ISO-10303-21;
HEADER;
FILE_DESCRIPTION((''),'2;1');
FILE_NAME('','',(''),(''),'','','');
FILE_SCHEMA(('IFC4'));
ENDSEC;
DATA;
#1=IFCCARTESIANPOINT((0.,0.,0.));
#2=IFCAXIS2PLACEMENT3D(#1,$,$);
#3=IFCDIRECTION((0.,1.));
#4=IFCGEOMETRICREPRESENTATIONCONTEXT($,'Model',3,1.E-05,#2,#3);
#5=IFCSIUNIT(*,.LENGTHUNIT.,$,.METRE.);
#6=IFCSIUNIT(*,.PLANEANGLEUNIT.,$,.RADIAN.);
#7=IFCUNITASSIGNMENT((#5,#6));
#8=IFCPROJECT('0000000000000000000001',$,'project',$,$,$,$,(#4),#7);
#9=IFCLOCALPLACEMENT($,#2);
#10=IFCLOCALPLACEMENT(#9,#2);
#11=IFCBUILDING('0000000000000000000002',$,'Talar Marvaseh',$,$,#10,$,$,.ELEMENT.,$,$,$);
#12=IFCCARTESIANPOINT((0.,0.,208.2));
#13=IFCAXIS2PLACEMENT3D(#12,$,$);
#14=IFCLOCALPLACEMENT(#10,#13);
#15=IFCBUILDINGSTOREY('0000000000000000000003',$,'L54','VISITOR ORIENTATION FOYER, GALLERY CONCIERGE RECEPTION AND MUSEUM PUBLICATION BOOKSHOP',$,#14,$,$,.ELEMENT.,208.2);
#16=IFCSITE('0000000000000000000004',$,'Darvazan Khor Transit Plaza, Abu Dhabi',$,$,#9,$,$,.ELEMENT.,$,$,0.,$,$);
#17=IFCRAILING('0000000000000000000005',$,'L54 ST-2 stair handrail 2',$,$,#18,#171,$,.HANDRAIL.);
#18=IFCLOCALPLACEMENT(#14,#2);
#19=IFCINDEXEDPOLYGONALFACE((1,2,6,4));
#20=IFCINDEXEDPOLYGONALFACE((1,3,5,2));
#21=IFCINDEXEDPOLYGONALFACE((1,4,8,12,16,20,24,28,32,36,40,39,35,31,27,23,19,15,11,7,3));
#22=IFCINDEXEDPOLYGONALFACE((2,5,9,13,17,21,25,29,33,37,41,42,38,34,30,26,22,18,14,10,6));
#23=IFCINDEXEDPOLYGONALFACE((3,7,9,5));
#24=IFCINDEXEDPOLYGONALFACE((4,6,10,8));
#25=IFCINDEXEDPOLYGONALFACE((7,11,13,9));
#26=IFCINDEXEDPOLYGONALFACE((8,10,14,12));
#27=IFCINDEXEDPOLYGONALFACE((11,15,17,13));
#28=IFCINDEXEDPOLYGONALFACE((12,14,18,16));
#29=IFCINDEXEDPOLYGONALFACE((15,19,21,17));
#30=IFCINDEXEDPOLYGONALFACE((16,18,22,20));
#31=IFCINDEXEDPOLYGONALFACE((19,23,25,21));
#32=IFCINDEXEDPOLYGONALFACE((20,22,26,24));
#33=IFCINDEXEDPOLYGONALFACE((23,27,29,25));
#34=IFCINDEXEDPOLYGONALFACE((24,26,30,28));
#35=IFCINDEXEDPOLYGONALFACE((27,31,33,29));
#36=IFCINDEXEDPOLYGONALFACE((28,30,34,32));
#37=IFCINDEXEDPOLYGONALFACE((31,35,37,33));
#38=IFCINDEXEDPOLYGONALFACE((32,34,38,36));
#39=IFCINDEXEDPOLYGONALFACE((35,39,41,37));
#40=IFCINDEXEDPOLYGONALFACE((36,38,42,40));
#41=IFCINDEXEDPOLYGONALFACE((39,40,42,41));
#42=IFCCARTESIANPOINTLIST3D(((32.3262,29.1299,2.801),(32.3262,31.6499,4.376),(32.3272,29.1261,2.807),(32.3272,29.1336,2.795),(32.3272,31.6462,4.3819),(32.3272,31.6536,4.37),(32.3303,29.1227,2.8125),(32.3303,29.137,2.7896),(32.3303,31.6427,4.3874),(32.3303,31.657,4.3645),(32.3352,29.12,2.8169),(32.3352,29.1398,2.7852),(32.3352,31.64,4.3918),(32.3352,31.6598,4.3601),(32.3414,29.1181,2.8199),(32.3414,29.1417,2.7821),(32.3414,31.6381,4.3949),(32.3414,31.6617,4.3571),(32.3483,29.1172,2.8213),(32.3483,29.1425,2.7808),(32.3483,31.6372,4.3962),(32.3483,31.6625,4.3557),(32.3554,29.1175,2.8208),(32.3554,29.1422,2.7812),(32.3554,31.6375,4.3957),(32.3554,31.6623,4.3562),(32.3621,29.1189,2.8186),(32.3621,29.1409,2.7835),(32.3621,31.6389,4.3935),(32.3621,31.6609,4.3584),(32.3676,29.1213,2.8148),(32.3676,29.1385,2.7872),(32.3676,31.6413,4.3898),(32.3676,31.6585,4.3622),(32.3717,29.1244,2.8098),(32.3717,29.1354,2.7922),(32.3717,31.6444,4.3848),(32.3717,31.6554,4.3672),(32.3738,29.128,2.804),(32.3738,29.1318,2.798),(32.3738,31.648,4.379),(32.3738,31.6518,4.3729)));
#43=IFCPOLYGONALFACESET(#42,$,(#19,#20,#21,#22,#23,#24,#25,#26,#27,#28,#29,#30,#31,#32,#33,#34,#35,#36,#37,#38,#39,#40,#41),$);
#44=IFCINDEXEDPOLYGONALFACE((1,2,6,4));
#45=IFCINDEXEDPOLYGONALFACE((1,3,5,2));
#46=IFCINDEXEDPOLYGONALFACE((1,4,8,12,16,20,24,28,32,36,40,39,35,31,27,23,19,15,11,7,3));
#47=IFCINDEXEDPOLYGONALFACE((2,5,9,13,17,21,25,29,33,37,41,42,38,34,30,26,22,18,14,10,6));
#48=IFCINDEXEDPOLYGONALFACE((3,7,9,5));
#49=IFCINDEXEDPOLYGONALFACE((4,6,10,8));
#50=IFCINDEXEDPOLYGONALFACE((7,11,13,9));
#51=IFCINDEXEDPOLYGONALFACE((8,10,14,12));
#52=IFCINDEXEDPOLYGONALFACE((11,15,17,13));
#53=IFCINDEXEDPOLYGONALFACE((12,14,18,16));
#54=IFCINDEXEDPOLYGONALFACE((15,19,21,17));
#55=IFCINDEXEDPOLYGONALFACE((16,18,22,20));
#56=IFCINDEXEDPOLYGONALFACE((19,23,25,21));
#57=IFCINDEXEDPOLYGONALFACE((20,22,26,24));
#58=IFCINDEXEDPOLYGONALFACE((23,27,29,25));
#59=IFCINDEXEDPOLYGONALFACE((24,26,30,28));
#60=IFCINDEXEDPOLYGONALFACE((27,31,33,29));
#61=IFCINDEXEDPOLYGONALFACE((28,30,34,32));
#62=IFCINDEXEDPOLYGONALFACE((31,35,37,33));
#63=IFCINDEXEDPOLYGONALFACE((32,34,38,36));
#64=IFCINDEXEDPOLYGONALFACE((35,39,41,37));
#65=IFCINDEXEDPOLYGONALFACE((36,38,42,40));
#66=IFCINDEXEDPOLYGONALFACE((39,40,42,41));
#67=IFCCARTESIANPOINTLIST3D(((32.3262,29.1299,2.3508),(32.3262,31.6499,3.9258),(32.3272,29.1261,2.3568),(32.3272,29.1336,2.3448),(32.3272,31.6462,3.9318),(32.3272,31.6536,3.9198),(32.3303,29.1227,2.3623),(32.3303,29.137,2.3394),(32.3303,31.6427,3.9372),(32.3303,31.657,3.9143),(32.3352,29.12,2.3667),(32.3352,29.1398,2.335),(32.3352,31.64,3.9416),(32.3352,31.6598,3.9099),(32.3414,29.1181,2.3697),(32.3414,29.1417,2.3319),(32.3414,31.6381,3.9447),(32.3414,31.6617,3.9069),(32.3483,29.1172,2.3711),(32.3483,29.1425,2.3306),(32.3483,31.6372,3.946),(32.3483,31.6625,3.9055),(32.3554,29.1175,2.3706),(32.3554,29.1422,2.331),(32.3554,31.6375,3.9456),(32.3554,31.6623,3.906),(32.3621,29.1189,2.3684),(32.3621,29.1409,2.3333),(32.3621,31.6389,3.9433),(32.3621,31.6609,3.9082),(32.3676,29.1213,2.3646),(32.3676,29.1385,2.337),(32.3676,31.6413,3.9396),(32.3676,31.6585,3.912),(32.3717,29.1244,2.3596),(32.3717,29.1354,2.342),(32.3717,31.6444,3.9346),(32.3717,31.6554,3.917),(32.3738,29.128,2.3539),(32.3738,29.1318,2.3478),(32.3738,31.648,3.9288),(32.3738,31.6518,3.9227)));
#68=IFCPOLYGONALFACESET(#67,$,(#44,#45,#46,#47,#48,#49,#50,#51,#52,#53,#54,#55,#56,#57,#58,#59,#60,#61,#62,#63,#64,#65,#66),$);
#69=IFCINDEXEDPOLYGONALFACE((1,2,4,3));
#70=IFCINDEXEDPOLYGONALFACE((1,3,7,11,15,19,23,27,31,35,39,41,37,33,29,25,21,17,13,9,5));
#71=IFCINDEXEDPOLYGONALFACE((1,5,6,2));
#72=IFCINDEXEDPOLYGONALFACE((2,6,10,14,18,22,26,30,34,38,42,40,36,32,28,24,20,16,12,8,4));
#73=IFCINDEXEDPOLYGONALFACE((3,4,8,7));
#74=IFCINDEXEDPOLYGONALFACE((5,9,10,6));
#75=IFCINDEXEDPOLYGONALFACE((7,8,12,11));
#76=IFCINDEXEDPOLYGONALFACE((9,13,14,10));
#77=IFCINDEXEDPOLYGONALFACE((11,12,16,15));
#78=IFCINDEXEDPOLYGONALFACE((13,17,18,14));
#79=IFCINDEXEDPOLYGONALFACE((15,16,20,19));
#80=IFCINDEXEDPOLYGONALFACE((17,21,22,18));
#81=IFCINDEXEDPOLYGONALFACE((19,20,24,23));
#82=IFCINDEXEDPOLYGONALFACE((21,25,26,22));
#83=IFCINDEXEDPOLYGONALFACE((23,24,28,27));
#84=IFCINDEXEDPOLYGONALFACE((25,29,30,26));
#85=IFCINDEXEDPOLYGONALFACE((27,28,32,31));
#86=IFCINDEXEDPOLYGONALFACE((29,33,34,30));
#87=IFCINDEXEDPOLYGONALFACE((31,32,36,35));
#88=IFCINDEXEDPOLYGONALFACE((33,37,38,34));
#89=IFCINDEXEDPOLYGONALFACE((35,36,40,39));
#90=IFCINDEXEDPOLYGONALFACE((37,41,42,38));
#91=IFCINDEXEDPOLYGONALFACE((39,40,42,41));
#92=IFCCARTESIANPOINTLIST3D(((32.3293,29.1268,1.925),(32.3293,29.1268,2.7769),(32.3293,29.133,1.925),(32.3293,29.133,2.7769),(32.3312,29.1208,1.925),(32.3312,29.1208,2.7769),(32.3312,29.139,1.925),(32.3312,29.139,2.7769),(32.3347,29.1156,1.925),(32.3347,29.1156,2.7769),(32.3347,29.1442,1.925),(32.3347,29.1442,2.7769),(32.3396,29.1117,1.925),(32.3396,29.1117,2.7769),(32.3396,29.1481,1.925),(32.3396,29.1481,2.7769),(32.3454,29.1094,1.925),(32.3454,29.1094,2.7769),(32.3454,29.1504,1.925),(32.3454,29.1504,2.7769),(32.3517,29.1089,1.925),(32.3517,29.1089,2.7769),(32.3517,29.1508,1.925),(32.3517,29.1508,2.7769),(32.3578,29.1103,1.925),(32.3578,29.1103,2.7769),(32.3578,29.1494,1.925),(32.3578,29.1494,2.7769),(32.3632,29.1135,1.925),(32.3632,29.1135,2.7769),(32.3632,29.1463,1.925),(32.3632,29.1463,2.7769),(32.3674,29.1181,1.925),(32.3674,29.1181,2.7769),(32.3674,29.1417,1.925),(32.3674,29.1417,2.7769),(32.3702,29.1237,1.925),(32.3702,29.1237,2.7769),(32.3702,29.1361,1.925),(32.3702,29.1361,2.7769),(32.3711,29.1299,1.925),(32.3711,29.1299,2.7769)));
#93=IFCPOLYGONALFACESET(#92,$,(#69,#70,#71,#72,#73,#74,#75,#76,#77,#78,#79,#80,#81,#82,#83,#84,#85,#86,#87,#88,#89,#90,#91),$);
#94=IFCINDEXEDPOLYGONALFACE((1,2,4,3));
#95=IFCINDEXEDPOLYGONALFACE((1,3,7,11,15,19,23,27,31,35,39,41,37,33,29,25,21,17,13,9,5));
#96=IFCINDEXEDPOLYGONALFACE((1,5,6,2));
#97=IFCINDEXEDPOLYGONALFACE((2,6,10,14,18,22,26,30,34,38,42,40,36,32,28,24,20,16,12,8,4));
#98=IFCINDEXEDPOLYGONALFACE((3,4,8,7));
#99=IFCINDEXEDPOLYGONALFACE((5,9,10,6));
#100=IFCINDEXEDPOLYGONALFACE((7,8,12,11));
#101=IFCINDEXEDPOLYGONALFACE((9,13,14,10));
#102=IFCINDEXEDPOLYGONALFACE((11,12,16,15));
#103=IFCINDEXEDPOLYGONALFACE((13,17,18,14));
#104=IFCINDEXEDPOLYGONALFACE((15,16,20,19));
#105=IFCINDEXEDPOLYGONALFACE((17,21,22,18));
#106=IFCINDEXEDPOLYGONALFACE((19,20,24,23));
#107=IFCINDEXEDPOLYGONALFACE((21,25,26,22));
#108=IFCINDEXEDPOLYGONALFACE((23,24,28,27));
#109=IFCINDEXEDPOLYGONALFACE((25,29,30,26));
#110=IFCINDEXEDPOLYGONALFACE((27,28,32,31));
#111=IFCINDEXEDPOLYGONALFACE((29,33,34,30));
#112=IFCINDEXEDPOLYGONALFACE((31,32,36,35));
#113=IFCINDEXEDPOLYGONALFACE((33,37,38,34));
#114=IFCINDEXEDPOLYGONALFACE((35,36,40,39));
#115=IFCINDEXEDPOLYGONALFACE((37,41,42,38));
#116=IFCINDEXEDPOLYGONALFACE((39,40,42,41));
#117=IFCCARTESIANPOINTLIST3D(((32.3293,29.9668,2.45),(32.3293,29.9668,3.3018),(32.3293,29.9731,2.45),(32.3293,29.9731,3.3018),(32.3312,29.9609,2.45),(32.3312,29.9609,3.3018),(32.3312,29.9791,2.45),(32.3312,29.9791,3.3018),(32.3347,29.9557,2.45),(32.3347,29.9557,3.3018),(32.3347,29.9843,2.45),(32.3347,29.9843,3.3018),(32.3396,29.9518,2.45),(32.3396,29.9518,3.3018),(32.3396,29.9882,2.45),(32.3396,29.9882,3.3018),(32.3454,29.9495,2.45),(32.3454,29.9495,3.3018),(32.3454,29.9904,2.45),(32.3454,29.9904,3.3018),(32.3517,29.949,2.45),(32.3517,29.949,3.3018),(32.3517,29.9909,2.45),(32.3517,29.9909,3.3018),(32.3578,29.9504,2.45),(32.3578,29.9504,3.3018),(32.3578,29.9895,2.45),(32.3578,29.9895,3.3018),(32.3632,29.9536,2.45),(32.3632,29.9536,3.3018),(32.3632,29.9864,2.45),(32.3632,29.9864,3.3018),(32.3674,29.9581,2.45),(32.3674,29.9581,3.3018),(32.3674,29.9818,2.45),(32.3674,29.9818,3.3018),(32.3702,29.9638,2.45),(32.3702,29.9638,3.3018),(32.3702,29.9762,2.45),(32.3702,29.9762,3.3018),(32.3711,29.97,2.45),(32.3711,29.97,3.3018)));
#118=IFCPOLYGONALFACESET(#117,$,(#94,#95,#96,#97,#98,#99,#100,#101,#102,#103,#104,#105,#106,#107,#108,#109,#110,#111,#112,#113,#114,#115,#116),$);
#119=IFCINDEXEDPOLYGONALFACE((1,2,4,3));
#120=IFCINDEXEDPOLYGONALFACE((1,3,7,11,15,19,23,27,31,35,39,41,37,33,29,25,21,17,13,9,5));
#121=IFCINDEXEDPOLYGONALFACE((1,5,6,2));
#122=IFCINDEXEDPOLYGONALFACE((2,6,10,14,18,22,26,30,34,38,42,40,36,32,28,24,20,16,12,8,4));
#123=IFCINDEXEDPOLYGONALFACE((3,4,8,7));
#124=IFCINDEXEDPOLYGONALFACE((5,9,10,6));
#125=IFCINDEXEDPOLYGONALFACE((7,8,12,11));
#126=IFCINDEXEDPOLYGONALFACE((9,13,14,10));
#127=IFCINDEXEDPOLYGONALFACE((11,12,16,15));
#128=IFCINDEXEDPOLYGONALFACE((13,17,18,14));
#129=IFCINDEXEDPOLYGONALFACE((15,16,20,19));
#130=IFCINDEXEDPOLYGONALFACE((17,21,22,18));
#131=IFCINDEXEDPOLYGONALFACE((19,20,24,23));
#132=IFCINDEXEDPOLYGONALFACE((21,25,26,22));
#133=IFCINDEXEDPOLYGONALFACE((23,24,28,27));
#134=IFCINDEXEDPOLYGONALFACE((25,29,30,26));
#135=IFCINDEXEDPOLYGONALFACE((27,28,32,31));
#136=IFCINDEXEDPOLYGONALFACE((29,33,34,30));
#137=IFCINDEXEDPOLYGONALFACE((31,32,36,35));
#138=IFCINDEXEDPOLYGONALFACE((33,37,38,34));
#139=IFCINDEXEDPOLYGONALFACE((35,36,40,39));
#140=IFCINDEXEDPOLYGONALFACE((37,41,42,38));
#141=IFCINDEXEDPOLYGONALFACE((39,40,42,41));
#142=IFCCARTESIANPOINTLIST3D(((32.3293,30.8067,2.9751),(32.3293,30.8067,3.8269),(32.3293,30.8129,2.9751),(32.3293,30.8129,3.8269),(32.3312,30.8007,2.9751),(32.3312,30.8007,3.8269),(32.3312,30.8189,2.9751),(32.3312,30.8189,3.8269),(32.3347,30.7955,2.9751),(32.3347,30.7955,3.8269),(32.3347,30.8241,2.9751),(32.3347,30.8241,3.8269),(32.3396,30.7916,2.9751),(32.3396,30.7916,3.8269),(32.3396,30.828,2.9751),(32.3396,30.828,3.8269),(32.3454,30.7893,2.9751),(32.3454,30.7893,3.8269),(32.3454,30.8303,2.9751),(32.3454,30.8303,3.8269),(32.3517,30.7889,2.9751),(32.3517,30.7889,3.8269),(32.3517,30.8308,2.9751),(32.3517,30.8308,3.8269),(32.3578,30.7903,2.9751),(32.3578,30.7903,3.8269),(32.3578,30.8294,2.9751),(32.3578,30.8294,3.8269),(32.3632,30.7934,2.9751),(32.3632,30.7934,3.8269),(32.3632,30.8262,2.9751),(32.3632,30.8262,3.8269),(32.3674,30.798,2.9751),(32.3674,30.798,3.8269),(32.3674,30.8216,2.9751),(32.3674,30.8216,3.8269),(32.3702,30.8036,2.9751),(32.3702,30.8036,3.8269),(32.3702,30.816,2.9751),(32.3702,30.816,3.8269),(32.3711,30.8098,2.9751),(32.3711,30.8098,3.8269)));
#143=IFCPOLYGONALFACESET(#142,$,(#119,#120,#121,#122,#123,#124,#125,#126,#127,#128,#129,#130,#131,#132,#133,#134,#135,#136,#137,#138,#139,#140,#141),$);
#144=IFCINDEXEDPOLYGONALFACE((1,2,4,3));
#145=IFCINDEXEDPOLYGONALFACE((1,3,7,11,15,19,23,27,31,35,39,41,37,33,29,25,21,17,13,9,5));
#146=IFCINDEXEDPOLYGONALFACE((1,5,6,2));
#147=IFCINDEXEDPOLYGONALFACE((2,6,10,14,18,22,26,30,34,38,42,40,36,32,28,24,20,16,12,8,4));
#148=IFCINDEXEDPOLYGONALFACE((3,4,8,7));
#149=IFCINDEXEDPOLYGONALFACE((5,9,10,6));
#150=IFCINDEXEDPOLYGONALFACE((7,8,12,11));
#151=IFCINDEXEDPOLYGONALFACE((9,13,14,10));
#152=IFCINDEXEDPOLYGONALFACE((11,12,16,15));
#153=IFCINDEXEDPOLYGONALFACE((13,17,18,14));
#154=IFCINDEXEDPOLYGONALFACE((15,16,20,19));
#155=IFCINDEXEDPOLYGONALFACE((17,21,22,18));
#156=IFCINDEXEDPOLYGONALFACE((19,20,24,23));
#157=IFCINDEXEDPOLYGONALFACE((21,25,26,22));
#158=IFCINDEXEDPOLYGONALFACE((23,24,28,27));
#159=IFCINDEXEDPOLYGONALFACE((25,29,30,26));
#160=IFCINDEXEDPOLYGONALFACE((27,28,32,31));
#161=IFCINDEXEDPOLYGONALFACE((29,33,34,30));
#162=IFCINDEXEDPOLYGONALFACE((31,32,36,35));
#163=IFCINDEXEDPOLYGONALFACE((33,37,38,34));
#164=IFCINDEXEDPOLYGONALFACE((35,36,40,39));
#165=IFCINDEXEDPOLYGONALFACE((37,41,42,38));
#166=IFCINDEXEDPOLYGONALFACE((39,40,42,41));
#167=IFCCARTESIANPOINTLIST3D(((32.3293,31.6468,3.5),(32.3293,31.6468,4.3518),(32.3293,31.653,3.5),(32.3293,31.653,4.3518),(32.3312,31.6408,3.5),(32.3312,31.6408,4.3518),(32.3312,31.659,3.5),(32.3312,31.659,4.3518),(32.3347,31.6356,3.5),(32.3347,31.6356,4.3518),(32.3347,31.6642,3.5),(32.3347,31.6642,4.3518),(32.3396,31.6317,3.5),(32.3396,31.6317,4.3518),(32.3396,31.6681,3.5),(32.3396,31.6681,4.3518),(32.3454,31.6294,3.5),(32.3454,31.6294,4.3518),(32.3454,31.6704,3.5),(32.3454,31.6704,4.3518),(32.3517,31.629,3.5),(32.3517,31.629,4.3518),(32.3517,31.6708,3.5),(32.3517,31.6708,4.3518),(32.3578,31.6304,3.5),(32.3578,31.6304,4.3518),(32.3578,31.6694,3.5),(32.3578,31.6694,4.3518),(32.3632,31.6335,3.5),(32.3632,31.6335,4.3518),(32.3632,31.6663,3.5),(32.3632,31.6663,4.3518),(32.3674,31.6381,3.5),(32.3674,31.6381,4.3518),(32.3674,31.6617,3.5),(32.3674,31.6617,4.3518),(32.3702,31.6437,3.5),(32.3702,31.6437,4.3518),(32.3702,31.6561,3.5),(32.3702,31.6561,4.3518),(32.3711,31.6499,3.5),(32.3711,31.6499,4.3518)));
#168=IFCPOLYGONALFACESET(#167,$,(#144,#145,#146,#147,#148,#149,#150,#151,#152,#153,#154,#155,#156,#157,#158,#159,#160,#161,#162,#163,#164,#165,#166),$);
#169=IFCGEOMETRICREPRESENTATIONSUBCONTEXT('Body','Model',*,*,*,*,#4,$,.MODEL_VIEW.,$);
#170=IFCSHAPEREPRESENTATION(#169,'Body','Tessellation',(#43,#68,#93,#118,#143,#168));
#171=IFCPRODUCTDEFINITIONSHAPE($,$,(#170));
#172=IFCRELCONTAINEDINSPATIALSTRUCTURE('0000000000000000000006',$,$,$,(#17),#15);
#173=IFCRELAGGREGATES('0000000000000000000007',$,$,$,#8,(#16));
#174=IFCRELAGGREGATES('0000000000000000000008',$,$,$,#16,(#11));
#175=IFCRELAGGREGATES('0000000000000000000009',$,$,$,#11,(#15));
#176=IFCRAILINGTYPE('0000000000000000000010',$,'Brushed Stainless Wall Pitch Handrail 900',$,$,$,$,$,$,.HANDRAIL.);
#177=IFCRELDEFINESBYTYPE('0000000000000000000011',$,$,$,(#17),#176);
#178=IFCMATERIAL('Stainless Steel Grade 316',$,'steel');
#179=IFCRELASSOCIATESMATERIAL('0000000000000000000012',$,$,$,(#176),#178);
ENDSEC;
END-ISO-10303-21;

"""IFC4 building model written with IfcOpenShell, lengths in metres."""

from ifc_helpers import new_model, si_unit, direction, frame, origin, origin_2d, place, context, subcontext, project, spatial, circle, extrude, material, type_object, element, save


model = new_model("IFC4")

# Units and contexts
model_context = context("Model", 3, precision=1e-05, world=origin(), true_north=direction((0.0, 1.0)))
body_context = subcontext(model_context, "Body", "Model", "MODEL_VIEW")
ifc_project = project(units=[si_unit("LENGTHUNIT", "METRE"), si_unit("PLANEANGLEUNIT", "RADIAN")], contexts=[model_context])

# Site, building, storey
site_placement = place(None, origin())
site = spatial("IfcSite", under=ifc_project, at=site_placement, Name="Darvazan Khor Transit Plaza, Abu Dhabi", CompositionType="ELEMENT", RefElevation=0.0)
building_placement = place(site_placement, origin())
building = spatial("IfcBuilding", under=site, at=building_placement, Name="Talar Marvaseh", CompositionType="ELEMENT")
storey_placement = place(building_placement, frame((0.0, 0.0, 208.2)))
storey = spatial("IfcBuildingStorey", under=building, at=storey_placement, Name="L54", Description="VISITOR ORIENTATION FOYER, GALLERY CONCIERGE RECEPTION AND MUSEUM PUBLICATION BOOKSHOP", CompositionType="ELEMENT", Elevation=208.2)

# Railing
ifc_material_1 = material(Name="Stainless Steel Grade 316", Category="steel")
railing_type = type_object("IfcRailingType", Name="Brushed Stainless Wall Pitch Handrail 900", PredefinedType="HANDRAIL", material=ifc_material_1)
railing_placement = place(storey_placement, frame((32.3501, 29.1299, 1.925)))
element("IfcRailing", 1, at=railing_placement, inside=storey, type_object=railing_type, Name="L54 ST-2 stair handrail 2", PredefinedType="HANDRAIL", context=body_context, shape_type="SweptSolid", body=[
    extrude(circle(Radius=0.0239, at=origin_2d()), frame((0.0, 0.0, 0.876), z_axis=(0.0, 0.848008, 0.529984), x_axis=(-1.0, 0.0, 0.0)), (0.0, 0.0, 1.0), 2.9717),
    extrude(circle(Radius=0.0239, at=origin_2d()), frame((0.0, 0.0, 0.4258), z_axis=(0.0, 0.848008, 0.529984), x_axis=(-1.0, 0.0, 0.0)), (0.0, 0.0, 1.0), 2.9717),
    extrude(circle(Radius=0.021, at=origin_2d()), origin(), (0.0, 0.0, 1.0), 0.8518),
    extrude(circle(Radius=0.021, at=origin_2d()), frame((0.0, 0.8401, 0.5249)), (0.0, 0.0, 1.0), 0.8518),
    extrude(circle(Radius=0.021, at=origin_2d()), frame((0.0, 1.6799, 1.05)), (0.0, 0.0, 1.0), 0.8518),
    extrude(circle(Radius=0.021, at=origin_2d()), frame((0.0, 2.52, 1.575)), (0.0, 0.0, 1.0), 0.8518),
])

save(model, "model.ifc")
